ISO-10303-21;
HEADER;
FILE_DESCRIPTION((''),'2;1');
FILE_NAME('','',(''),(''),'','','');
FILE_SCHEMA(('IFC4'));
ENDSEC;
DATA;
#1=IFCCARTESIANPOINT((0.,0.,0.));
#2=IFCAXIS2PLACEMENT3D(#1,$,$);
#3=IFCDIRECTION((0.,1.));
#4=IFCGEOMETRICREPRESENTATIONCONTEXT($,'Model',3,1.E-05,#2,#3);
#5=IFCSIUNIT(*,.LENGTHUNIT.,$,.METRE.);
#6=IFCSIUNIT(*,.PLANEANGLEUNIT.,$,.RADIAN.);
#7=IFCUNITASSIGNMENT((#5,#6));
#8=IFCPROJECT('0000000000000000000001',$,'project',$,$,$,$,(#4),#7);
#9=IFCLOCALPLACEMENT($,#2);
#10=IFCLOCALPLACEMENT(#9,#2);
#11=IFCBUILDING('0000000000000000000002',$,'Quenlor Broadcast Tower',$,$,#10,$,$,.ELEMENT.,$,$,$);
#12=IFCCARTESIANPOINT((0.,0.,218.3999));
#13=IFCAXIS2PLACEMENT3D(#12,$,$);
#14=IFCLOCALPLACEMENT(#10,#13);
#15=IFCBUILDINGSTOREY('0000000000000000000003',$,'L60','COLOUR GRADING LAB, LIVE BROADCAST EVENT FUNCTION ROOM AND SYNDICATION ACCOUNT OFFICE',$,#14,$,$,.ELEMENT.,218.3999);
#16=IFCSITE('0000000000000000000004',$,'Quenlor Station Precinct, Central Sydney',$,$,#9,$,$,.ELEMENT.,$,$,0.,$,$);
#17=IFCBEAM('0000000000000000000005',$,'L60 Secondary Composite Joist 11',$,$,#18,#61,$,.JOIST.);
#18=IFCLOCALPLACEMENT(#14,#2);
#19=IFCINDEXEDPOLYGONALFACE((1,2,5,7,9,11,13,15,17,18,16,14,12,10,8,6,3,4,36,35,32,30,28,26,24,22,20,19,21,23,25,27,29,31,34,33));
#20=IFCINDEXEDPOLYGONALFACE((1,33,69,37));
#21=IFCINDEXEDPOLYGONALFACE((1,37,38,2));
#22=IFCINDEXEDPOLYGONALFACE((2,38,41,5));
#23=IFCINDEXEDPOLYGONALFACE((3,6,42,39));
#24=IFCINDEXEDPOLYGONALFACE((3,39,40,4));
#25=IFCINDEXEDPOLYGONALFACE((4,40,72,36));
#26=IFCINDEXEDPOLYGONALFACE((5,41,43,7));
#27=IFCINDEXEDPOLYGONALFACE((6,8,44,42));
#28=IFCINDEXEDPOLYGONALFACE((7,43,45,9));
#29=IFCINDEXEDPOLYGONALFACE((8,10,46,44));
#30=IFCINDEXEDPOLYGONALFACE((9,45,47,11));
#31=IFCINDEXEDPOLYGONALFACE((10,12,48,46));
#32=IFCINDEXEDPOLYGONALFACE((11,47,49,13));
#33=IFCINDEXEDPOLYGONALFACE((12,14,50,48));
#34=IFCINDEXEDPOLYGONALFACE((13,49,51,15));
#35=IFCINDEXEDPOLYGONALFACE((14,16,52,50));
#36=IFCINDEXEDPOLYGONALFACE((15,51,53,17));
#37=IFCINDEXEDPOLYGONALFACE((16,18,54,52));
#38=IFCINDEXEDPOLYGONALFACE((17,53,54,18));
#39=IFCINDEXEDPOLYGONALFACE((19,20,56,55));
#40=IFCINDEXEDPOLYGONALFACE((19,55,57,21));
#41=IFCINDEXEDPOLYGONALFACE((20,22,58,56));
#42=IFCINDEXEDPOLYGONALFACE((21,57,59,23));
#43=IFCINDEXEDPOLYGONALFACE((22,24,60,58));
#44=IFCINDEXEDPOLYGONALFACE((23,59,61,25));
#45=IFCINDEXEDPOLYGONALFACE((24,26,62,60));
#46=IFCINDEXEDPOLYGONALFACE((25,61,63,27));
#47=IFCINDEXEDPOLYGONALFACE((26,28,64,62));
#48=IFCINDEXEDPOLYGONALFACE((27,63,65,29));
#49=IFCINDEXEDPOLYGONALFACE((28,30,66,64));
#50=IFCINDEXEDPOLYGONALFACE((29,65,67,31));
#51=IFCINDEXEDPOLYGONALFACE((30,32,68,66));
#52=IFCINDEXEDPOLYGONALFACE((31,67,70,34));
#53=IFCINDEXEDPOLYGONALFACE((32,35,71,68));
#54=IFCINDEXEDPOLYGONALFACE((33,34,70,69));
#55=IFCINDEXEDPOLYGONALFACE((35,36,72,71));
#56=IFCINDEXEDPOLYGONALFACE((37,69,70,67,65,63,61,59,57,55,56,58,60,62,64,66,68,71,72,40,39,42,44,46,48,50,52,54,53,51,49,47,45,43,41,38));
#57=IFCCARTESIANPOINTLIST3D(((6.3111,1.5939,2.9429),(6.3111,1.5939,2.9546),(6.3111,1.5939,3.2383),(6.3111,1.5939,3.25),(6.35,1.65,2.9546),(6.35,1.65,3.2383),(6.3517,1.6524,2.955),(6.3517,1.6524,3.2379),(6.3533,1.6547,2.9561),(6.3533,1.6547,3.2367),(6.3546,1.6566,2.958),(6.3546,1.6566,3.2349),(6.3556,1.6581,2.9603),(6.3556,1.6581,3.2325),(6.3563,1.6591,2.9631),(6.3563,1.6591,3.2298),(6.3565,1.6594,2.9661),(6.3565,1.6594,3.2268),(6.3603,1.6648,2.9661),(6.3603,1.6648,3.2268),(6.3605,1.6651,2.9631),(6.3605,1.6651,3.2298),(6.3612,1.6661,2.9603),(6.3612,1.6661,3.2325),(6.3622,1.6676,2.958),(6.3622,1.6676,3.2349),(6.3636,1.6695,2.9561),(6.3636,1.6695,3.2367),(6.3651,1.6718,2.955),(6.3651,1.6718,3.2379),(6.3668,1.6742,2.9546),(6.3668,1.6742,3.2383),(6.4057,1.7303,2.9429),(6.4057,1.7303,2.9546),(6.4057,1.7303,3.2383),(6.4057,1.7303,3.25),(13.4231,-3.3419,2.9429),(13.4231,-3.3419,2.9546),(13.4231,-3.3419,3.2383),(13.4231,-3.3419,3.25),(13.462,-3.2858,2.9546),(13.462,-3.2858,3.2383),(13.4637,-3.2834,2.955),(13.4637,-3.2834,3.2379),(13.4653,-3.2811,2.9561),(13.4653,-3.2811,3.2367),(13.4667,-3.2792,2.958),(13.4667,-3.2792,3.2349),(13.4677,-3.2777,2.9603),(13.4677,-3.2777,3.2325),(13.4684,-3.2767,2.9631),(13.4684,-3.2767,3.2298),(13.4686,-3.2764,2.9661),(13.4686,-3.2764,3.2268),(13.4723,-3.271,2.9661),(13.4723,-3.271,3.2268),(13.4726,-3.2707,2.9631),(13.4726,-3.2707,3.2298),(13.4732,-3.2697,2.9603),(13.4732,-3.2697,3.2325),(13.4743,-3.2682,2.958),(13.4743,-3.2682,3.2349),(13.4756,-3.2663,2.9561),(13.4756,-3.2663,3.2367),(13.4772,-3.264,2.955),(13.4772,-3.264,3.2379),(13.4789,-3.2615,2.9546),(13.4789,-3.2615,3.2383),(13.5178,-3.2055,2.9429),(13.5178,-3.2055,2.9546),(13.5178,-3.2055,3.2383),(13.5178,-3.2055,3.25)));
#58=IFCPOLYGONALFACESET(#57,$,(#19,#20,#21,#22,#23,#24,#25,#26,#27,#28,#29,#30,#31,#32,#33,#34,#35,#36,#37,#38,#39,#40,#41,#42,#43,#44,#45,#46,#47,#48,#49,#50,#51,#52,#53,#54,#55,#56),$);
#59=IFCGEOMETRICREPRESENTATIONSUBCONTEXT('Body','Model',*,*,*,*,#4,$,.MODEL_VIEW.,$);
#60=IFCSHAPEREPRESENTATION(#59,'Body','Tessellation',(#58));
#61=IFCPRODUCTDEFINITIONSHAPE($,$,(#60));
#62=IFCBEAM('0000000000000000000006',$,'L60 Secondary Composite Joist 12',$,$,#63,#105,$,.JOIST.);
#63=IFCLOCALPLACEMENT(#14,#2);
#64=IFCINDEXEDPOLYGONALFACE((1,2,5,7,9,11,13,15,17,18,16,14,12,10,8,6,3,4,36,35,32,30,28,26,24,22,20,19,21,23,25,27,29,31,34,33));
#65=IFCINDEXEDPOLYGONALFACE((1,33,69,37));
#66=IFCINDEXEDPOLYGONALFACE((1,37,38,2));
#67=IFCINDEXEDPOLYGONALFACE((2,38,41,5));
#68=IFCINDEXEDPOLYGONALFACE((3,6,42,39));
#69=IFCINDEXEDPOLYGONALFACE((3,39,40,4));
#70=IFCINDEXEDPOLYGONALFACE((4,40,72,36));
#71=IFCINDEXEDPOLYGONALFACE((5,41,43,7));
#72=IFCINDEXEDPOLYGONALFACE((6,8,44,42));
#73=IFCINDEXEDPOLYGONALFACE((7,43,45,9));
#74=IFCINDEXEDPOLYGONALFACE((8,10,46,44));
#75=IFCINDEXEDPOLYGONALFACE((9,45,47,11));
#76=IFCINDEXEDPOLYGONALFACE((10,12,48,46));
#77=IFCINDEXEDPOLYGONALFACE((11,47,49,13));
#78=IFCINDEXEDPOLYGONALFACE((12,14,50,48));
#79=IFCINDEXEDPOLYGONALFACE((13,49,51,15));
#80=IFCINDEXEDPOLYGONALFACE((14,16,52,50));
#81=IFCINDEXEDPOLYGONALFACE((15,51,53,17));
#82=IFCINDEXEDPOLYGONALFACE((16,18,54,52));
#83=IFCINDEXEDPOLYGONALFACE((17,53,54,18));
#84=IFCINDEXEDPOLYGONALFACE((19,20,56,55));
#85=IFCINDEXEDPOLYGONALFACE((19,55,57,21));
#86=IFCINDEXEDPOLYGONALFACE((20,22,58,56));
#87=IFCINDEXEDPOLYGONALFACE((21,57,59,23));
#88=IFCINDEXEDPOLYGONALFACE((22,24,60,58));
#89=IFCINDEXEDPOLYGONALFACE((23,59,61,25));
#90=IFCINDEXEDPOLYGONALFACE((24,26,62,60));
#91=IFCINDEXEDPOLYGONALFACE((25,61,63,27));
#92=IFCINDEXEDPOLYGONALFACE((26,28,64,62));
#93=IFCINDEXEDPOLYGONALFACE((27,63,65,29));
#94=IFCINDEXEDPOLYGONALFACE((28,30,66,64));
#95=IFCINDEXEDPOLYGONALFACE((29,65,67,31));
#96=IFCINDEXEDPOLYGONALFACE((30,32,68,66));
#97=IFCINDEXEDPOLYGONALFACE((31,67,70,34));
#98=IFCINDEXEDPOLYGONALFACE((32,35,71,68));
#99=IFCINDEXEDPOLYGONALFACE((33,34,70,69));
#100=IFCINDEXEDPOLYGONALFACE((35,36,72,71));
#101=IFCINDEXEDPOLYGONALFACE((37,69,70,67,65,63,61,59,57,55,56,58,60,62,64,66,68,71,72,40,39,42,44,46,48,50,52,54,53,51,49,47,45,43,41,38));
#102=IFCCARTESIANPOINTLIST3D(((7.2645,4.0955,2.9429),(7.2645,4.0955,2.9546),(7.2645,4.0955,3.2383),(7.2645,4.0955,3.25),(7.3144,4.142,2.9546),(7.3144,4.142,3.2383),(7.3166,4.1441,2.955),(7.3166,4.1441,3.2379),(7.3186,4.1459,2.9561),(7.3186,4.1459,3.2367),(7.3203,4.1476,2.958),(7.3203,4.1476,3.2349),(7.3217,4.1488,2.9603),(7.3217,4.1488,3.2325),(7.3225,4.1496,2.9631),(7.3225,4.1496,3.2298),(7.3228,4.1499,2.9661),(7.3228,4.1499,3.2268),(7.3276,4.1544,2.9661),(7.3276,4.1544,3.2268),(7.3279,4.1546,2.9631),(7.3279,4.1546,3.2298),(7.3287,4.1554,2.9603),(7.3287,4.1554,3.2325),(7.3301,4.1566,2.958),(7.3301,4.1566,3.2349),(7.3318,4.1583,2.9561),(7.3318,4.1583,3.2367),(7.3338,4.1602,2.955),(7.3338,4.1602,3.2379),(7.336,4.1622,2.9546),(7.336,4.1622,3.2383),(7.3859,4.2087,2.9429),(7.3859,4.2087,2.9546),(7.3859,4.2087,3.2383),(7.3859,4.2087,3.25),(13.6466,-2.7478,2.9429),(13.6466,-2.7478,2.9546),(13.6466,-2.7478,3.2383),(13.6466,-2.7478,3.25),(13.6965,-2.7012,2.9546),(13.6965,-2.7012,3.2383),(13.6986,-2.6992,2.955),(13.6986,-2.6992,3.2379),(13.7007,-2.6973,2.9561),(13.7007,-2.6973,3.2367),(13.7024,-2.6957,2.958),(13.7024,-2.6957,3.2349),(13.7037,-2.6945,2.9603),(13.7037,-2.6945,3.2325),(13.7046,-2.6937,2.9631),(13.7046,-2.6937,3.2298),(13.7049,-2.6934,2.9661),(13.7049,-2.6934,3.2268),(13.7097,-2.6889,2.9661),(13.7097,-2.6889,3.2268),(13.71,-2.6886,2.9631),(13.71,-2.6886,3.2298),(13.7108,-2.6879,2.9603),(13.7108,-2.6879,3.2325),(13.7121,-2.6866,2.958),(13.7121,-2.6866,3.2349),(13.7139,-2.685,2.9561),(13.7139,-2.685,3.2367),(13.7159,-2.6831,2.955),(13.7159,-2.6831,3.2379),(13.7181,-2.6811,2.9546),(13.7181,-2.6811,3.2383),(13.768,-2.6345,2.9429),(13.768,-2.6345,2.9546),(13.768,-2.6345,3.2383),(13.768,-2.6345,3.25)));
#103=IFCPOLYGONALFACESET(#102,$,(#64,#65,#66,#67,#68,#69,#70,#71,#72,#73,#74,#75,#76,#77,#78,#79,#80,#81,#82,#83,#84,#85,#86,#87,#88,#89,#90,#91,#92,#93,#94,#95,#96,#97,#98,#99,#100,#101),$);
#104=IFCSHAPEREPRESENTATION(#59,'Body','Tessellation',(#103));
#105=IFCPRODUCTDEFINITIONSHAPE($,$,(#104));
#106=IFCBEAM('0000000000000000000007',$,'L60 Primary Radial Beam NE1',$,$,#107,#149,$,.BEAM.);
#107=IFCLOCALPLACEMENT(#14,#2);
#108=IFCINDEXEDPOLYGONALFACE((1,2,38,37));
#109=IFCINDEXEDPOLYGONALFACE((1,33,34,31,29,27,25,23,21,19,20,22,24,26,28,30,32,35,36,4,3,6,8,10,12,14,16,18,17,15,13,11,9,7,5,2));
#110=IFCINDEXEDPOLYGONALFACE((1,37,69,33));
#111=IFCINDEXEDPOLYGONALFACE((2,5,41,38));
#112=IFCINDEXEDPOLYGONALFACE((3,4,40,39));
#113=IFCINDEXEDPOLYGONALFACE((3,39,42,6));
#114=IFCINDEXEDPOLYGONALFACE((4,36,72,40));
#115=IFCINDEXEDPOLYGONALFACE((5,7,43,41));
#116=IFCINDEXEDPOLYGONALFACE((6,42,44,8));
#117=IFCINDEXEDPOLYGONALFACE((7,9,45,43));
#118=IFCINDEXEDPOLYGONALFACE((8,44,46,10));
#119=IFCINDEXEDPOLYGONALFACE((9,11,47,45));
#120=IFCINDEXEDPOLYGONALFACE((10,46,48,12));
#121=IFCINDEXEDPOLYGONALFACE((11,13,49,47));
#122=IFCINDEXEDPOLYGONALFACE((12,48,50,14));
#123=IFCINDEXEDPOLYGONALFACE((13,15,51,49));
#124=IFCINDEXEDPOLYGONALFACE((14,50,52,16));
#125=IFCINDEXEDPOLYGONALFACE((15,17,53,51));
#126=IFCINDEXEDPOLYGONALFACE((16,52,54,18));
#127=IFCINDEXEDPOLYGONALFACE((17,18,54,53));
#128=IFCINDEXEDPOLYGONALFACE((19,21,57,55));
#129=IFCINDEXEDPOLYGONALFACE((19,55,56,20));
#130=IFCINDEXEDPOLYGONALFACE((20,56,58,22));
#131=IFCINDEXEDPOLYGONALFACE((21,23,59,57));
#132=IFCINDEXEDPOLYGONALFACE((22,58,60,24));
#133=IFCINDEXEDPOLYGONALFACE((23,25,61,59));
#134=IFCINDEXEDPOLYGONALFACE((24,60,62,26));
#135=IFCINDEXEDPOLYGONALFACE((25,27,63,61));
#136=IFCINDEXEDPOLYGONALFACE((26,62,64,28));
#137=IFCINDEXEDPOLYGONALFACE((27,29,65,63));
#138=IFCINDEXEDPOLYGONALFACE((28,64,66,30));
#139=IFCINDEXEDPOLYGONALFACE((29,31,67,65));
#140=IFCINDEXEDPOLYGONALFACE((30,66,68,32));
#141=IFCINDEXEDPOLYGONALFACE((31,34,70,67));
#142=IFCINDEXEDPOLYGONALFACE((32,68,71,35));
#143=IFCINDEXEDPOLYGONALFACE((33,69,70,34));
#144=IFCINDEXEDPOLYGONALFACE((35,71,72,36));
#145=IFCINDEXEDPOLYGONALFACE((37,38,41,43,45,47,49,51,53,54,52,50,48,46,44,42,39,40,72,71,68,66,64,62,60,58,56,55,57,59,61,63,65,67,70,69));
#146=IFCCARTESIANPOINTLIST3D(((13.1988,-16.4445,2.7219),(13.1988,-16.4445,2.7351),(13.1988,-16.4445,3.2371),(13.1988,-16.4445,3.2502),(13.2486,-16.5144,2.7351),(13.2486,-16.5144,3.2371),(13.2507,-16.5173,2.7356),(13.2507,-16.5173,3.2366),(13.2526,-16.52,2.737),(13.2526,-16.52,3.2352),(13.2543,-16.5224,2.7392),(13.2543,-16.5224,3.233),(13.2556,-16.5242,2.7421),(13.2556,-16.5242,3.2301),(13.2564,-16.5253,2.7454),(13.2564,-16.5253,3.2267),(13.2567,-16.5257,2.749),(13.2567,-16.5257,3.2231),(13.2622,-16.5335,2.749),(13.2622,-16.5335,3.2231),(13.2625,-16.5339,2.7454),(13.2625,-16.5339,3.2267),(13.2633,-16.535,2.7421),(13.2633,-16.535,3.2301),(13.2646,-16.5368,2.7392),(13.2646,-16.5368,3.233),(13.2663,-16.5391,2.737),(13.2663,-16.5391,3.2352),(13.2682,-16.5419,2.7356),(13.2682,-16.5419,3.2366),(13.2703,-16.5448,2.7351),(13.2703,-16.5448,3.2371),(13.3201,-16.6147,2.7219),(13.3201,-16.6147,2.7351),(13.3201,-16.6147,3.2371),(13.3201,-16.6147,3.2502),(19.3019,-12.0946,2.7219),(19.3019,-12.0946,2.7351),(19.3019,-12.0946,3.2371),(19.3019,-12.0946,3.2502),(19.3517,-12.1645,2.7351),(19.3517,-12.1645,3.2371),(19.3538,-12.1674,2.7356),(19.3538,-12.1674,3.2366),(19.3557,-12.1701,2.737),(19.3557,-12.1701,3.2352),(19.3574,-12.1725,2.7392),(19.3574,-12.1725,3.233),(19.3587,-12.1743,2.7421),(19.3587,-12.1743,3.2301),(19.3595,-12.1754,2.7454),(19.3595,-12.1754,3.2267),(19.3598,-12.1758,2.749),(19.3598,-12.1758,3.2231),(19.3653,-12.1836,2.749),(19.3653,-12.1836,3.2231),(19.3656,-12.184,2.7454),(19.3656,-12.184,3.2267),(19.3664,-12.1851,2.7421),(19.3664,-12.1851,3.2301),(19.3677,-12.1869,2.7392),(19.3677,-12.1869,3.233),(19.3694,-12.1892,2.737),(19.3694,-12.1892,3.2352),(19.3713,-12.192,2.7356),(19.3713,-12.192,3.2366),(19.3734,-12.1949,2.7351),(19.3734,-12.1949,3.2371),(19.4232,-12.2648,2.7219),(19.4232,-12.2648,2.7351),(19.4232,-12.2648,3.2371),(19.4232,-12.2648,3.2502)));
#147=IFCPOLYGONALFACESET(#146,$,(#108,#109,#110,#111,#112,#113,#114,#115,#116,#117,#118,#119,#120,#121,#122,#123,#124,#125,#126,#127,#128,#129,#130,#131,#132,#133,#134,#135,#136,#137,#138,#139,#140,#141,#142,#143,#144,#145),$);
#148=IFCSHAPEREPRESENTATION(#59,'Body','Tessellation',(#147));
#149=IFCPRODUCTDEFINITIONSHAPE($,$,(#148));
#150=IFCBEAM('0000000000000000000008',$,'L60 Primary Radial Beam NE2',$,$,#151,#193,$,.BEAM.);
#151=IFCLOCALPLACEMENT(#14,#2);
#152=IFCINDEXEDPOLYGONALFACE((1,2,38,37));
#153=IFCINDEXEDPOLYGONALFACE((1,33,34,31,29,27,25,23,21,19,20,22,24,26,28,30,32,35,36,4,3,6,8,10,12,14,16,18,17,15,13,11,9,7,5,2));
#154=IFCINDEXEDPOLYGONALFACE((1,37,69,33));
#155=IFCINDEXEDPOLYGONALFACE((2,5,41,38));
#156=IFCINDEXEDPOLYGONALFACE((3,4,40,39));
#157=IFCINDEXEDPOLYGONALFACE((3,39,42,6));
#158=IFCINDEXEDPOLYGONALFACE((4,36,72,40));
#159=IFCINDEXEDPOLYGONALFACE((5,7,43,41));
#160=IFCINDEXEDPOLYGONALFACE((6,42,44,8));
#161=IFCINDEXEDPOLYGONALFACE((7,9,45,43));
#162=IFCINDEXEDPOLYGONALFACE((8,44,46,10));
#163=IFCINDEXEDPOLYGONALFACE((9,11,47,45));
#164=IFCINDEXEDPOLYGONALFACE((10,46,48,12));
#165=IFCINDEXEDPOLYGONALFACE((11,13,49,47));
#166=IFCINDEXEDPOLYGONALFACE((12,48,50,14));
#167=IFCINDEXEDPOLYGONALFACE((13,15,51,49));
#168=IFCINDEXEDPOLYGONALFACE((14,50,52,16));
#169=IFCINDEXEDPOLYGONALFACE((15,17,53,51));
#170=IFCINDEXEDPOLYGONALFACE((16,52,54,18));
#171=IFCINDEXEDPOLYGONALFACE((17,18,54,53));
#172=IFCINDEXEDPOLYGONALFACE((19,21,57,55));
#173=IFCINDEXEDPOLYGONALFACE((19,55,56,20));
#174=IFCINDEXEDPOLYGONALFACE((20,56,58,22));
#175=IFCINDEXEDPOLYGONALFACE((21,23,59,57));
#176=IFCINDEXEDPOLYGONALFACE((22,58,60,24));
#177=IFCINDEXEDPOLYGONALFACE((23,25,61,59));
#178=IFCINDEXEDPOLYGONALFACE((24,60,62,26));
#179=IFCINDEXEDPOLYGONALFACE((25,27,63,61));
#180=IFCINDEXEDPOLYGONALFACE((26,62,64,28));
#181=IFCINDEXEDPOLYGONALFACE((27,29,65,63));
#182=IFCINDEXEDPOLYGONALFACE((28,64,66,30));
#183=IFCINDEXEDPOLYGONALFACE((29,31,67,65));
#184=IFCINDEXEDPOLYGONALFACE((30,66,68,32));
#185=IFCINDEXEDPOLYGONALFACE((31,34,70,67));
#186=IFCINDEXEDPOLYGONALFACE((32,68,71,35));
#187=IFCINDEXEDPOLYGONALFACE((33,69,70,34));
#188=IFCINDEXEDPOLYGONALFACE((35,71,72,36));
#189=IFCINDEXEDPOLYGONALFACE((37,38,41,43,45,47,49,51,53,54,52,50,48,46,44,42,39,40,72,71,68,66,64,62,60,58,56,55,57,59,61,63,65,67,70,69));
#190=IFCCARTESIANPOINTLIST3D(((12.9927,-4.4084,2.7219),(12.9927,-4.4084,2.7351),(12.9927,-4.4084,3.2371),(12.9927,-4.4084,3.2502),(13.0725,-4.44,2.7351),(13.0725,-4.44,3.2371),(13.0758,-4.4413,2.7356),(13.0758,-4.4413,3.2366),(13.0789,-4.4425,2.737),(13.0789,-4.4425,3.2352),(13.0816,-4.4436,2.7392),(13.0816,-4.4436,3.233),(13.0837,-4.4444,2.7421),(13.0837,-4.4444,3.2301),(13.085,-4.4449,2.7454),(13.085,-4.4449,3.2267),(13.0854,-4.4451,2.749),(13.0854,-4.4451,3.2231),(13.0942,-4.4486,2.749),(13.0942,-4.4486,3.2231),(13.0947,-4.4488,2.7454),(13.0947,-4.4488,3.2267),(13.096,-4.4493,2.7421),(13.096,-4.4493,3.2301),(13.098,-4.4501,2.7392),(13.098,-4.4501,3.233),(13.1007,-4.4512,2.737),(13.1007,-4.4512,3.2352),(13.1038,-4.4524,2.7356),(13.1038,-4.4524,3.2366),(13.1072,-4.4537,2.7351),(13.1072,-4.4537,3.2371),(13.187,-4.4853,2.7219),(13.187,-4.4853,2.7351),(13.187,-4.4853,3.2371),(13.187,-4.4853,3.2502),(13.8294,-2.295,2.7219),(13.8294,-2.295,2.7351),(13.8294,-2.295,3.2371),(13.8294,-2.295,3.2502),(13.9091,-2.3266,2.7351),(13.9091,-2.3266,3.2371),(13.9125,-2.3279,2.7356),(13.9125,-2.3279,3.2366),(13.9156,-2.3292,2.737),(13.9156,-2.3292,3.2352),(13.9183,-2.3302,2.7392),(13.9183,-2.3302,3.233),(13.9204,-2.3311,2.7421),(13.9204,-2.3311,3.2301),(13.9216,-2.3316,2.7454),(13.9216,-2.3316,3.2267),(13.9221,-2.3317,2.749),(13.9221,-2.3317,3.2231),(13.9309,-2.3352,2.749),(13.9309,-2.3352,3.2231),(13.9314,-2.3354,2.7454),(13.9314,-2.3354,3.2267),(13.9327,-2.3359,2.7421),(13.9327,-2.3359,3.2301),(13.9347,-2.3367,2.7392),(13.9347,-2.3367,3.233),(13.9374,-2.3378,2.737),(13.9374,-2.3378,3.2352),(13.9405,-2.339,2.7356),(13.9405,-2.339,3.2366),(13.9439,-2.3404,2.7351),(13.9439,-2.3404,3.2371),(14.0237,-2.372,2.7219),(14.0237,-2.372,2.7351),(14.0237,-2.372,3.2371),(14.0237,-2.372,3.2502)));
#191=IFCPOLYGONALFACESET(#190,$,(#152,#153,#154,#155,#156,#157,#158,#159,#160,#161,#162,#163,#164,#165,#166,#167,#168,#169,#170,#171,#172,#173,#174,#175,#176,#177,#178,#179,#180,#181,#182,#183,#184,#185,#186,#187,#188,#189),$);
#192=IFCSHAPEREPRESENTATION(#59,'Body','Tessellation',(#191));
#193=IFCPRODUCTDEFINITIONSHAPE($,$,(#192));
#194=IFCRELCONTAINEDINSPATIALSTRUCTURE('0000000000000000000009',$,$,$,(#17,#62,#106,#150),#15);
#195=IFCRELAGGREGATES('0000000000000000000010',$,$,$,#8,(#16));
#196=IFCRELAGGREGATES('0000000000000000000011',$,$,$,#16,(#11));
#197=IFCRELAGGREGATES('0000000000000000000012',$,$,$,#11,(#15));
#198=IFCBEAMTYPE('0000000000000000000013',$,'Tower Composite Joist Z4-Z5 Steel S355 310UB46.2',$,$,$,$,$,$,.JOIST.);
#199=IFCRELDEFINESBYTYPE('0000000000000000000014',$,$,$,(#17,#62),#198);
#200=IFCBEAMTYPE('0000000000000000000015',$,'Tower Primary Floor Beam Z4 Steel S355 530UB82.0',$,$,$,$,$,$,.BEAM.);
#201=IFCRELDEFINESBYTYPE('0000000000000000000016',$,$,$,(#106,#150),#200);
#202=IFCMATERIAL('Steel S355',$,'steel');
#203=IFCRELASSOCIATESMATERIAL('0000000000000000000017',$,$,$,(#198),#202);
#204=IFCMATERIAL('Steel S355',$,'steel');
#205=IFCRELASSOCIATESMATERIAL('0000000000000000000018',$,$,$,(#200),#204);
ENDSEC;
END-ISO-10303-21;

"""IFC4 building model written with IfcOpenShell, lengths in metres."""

from ifc_helpers import new_model, si_unit, direction, frame, origin, origin_2d, place, context, subcontext, project, spatial, i_section, extrude, material, material_profile, profile_set, type_object, element, save


model = new_model("IFC4")

# Units and contexts
model_context = context("Model", 3, precision=1e-05, world=origin(), true_north=direction((0.0, 1.0)))
body_context = subcontext(model_context, "Body", "Model", "MODEL_VIEW")
ifc_project = project(units=[si_unit("LENGTHUNIT", "METRE"), si_unit("PLANEANGLEUNIT", "RADIAN")], contexts=[model_context])

# Site, building, storey
site_placement = place(None, origin())
site = spatial("IfcSite", under=ifc_project, at=site_placement, Name="Quenlor Station Precinct, Central Sydney", CompositionType="ELEMENT", RefElevation=0.0)
building_placement = place(site_placement, origin())
building = spatial("IfcBuilding", under=site, at=building_placement, Name="Quenlor Broadcast Tower", CompositionType="ELEMENT")
storey_placement = place(building_placement, frame((0.0, 0.0, 218.3999)))
storey = spatial("IfcBuildingStorey", under=building, at=storey_placement, Name="L60", Description="COLOUR GRADING LAB, LIVE BROADCAST EVENT FUNCTION ROOM AND SYNDICATION ACCOUNT OFFICE", CompositionType="ELEMENT", Elevation=218.3999)

# Beams
ifc_material_1 = material(Name="Steel S355", Category="steel")
ifc_material_profile_1 = material_profile(ifc_material_1, i_section(OverallWidth=0.166, OverallDepth=0.3071, WebThickness=0.0066, FlangeThickness=0.0117, FilletRadius=0.0115, at=origin_2d()))
ifc_profile_set_1 = profile_set([ifc_material_profile_1], Name="Steel S355 310UB46.2")
beam_type_1 = type_object("IfcBeamType", Name="Tower Composite Joist Z4-Z5 Steel S355 310UB46.2", PredefinedType="JOIST", material=ifc_profile_set_1)
beam_1_placement = place(storey_placement, frame((13.4705, -3.2737, 3.0964), z_axis=(-0.82154, 0.570151, 0.0), x_axis=(-0.570151, -0.82154, 0.0)))
element("IfcBeam", 1, at=beam_1_placement, inside=storey, type_object=beam_type_1, Name="L60 Secondary Composite Joist 11", PredefinedType="JOIST", context=body_context, shape_type="SweptSolid", body=[
    extrude(i_section(OverallWidth=0.166, OverallDepth=0.3071, WebThickness=0.0066, FlangeThickness=0.0117, FilletRadius=0.0115, at=origin_2d()), origin(), (0.0, 0.0, 1.0), 8.657),
])
beam_2_placement = place(storey_placement, frame((13.7073, -2.6912, 3.0964), z_axis=(-0.682035, 0.73132, 0.0), x_axis=(-0.73132, -0.682035, 0.0)))
element("IfcBeam", 2, at=beam_2_placement, inside=storey, type_object=beam_type_1, Name="L60 Secondary Composite Joist 12", PredefinedType="JOIST", context=body_context, shape_type="SweptSolid", body=[
    extrude(i_section(OverallWidth=0.166, OverallDepth=0.3071, WebThickness=0.0066, FlangeThickness=0.0117, FilletRadius=0.0115, at=origin_2d()), origin(), (0.0, 0.0, 1.0), 9.3574),
])
ifc_material_2 = material(Name="Steel S355", Category="steel")
ifc_material_profile_2 = material_profile(ifc_material_2, i_section(OverallWidth=0.209, OverallDepth=0.5283, WebThickness=0.0095, FlangeThickness=0.0132, FilletRadius=0.0139, at=origin_2d()))
ifc_profile_set_2 = profile_set([ifc_material_profile_2], Name="Steel S355 530UB82.0")
beam_type_2 = type_object("IfcBeamType", Name="Tower Primary Floor Beam Z4 Steel S355 530UB82.0", PredefinedType="BEAM", material=ifc_profile_set_2)
beam_3_placement = place(storey_placement, frame((19.3625, -12.1797, 2.9861), z_axis=(-0.81433, -0.580403, 0.0), x_axis=(0.580403, -0.81433, 0.0)))
element("IfcBeam", 3, at=beam_3_placement, inside=storey, type_object=beam_type_2, Name="L60 Primary Radial Beam NE1", PredefinedType="BEAM", context=body_context, shape_type="SweptSolid", body=[
    extrude(i_section(OverallWidth=0.209, OverallDepth=0.5283, WebThickness=0.0095, FlangeThickness=0.0132, FilletRadius=0.0139, at=origin_2d()), origin(), (0.0, 0.0, 1.0), 7.4946),
])
beam_4_placement = place(storey_placement, frame((13.9265, -2.3335, 2.9861), z_axis=(-0.36811, -0.929782, 0.0), x_axis=(0.929782, -0.36811, 0.0)))
element("IfcBeam", 4, at=beam_4_placement, inside=storey, type_object=beam_type_2, Name="L60 Primary Radial Beam NE2", PredefinedType="BEAM", context=body_context, shape_type="SweptSolid", body=[
    extrude(i_section(OverallWidth=0.209, OverallDepth=0.5283, WebThickness=0.0095, FlangeThickness=0.0132, FilletRadius=0.0139, at=origin_2d()), origin(), (0.0, 0.0, 1.0), 2.2729),
])

save(model, "model.ifc")
